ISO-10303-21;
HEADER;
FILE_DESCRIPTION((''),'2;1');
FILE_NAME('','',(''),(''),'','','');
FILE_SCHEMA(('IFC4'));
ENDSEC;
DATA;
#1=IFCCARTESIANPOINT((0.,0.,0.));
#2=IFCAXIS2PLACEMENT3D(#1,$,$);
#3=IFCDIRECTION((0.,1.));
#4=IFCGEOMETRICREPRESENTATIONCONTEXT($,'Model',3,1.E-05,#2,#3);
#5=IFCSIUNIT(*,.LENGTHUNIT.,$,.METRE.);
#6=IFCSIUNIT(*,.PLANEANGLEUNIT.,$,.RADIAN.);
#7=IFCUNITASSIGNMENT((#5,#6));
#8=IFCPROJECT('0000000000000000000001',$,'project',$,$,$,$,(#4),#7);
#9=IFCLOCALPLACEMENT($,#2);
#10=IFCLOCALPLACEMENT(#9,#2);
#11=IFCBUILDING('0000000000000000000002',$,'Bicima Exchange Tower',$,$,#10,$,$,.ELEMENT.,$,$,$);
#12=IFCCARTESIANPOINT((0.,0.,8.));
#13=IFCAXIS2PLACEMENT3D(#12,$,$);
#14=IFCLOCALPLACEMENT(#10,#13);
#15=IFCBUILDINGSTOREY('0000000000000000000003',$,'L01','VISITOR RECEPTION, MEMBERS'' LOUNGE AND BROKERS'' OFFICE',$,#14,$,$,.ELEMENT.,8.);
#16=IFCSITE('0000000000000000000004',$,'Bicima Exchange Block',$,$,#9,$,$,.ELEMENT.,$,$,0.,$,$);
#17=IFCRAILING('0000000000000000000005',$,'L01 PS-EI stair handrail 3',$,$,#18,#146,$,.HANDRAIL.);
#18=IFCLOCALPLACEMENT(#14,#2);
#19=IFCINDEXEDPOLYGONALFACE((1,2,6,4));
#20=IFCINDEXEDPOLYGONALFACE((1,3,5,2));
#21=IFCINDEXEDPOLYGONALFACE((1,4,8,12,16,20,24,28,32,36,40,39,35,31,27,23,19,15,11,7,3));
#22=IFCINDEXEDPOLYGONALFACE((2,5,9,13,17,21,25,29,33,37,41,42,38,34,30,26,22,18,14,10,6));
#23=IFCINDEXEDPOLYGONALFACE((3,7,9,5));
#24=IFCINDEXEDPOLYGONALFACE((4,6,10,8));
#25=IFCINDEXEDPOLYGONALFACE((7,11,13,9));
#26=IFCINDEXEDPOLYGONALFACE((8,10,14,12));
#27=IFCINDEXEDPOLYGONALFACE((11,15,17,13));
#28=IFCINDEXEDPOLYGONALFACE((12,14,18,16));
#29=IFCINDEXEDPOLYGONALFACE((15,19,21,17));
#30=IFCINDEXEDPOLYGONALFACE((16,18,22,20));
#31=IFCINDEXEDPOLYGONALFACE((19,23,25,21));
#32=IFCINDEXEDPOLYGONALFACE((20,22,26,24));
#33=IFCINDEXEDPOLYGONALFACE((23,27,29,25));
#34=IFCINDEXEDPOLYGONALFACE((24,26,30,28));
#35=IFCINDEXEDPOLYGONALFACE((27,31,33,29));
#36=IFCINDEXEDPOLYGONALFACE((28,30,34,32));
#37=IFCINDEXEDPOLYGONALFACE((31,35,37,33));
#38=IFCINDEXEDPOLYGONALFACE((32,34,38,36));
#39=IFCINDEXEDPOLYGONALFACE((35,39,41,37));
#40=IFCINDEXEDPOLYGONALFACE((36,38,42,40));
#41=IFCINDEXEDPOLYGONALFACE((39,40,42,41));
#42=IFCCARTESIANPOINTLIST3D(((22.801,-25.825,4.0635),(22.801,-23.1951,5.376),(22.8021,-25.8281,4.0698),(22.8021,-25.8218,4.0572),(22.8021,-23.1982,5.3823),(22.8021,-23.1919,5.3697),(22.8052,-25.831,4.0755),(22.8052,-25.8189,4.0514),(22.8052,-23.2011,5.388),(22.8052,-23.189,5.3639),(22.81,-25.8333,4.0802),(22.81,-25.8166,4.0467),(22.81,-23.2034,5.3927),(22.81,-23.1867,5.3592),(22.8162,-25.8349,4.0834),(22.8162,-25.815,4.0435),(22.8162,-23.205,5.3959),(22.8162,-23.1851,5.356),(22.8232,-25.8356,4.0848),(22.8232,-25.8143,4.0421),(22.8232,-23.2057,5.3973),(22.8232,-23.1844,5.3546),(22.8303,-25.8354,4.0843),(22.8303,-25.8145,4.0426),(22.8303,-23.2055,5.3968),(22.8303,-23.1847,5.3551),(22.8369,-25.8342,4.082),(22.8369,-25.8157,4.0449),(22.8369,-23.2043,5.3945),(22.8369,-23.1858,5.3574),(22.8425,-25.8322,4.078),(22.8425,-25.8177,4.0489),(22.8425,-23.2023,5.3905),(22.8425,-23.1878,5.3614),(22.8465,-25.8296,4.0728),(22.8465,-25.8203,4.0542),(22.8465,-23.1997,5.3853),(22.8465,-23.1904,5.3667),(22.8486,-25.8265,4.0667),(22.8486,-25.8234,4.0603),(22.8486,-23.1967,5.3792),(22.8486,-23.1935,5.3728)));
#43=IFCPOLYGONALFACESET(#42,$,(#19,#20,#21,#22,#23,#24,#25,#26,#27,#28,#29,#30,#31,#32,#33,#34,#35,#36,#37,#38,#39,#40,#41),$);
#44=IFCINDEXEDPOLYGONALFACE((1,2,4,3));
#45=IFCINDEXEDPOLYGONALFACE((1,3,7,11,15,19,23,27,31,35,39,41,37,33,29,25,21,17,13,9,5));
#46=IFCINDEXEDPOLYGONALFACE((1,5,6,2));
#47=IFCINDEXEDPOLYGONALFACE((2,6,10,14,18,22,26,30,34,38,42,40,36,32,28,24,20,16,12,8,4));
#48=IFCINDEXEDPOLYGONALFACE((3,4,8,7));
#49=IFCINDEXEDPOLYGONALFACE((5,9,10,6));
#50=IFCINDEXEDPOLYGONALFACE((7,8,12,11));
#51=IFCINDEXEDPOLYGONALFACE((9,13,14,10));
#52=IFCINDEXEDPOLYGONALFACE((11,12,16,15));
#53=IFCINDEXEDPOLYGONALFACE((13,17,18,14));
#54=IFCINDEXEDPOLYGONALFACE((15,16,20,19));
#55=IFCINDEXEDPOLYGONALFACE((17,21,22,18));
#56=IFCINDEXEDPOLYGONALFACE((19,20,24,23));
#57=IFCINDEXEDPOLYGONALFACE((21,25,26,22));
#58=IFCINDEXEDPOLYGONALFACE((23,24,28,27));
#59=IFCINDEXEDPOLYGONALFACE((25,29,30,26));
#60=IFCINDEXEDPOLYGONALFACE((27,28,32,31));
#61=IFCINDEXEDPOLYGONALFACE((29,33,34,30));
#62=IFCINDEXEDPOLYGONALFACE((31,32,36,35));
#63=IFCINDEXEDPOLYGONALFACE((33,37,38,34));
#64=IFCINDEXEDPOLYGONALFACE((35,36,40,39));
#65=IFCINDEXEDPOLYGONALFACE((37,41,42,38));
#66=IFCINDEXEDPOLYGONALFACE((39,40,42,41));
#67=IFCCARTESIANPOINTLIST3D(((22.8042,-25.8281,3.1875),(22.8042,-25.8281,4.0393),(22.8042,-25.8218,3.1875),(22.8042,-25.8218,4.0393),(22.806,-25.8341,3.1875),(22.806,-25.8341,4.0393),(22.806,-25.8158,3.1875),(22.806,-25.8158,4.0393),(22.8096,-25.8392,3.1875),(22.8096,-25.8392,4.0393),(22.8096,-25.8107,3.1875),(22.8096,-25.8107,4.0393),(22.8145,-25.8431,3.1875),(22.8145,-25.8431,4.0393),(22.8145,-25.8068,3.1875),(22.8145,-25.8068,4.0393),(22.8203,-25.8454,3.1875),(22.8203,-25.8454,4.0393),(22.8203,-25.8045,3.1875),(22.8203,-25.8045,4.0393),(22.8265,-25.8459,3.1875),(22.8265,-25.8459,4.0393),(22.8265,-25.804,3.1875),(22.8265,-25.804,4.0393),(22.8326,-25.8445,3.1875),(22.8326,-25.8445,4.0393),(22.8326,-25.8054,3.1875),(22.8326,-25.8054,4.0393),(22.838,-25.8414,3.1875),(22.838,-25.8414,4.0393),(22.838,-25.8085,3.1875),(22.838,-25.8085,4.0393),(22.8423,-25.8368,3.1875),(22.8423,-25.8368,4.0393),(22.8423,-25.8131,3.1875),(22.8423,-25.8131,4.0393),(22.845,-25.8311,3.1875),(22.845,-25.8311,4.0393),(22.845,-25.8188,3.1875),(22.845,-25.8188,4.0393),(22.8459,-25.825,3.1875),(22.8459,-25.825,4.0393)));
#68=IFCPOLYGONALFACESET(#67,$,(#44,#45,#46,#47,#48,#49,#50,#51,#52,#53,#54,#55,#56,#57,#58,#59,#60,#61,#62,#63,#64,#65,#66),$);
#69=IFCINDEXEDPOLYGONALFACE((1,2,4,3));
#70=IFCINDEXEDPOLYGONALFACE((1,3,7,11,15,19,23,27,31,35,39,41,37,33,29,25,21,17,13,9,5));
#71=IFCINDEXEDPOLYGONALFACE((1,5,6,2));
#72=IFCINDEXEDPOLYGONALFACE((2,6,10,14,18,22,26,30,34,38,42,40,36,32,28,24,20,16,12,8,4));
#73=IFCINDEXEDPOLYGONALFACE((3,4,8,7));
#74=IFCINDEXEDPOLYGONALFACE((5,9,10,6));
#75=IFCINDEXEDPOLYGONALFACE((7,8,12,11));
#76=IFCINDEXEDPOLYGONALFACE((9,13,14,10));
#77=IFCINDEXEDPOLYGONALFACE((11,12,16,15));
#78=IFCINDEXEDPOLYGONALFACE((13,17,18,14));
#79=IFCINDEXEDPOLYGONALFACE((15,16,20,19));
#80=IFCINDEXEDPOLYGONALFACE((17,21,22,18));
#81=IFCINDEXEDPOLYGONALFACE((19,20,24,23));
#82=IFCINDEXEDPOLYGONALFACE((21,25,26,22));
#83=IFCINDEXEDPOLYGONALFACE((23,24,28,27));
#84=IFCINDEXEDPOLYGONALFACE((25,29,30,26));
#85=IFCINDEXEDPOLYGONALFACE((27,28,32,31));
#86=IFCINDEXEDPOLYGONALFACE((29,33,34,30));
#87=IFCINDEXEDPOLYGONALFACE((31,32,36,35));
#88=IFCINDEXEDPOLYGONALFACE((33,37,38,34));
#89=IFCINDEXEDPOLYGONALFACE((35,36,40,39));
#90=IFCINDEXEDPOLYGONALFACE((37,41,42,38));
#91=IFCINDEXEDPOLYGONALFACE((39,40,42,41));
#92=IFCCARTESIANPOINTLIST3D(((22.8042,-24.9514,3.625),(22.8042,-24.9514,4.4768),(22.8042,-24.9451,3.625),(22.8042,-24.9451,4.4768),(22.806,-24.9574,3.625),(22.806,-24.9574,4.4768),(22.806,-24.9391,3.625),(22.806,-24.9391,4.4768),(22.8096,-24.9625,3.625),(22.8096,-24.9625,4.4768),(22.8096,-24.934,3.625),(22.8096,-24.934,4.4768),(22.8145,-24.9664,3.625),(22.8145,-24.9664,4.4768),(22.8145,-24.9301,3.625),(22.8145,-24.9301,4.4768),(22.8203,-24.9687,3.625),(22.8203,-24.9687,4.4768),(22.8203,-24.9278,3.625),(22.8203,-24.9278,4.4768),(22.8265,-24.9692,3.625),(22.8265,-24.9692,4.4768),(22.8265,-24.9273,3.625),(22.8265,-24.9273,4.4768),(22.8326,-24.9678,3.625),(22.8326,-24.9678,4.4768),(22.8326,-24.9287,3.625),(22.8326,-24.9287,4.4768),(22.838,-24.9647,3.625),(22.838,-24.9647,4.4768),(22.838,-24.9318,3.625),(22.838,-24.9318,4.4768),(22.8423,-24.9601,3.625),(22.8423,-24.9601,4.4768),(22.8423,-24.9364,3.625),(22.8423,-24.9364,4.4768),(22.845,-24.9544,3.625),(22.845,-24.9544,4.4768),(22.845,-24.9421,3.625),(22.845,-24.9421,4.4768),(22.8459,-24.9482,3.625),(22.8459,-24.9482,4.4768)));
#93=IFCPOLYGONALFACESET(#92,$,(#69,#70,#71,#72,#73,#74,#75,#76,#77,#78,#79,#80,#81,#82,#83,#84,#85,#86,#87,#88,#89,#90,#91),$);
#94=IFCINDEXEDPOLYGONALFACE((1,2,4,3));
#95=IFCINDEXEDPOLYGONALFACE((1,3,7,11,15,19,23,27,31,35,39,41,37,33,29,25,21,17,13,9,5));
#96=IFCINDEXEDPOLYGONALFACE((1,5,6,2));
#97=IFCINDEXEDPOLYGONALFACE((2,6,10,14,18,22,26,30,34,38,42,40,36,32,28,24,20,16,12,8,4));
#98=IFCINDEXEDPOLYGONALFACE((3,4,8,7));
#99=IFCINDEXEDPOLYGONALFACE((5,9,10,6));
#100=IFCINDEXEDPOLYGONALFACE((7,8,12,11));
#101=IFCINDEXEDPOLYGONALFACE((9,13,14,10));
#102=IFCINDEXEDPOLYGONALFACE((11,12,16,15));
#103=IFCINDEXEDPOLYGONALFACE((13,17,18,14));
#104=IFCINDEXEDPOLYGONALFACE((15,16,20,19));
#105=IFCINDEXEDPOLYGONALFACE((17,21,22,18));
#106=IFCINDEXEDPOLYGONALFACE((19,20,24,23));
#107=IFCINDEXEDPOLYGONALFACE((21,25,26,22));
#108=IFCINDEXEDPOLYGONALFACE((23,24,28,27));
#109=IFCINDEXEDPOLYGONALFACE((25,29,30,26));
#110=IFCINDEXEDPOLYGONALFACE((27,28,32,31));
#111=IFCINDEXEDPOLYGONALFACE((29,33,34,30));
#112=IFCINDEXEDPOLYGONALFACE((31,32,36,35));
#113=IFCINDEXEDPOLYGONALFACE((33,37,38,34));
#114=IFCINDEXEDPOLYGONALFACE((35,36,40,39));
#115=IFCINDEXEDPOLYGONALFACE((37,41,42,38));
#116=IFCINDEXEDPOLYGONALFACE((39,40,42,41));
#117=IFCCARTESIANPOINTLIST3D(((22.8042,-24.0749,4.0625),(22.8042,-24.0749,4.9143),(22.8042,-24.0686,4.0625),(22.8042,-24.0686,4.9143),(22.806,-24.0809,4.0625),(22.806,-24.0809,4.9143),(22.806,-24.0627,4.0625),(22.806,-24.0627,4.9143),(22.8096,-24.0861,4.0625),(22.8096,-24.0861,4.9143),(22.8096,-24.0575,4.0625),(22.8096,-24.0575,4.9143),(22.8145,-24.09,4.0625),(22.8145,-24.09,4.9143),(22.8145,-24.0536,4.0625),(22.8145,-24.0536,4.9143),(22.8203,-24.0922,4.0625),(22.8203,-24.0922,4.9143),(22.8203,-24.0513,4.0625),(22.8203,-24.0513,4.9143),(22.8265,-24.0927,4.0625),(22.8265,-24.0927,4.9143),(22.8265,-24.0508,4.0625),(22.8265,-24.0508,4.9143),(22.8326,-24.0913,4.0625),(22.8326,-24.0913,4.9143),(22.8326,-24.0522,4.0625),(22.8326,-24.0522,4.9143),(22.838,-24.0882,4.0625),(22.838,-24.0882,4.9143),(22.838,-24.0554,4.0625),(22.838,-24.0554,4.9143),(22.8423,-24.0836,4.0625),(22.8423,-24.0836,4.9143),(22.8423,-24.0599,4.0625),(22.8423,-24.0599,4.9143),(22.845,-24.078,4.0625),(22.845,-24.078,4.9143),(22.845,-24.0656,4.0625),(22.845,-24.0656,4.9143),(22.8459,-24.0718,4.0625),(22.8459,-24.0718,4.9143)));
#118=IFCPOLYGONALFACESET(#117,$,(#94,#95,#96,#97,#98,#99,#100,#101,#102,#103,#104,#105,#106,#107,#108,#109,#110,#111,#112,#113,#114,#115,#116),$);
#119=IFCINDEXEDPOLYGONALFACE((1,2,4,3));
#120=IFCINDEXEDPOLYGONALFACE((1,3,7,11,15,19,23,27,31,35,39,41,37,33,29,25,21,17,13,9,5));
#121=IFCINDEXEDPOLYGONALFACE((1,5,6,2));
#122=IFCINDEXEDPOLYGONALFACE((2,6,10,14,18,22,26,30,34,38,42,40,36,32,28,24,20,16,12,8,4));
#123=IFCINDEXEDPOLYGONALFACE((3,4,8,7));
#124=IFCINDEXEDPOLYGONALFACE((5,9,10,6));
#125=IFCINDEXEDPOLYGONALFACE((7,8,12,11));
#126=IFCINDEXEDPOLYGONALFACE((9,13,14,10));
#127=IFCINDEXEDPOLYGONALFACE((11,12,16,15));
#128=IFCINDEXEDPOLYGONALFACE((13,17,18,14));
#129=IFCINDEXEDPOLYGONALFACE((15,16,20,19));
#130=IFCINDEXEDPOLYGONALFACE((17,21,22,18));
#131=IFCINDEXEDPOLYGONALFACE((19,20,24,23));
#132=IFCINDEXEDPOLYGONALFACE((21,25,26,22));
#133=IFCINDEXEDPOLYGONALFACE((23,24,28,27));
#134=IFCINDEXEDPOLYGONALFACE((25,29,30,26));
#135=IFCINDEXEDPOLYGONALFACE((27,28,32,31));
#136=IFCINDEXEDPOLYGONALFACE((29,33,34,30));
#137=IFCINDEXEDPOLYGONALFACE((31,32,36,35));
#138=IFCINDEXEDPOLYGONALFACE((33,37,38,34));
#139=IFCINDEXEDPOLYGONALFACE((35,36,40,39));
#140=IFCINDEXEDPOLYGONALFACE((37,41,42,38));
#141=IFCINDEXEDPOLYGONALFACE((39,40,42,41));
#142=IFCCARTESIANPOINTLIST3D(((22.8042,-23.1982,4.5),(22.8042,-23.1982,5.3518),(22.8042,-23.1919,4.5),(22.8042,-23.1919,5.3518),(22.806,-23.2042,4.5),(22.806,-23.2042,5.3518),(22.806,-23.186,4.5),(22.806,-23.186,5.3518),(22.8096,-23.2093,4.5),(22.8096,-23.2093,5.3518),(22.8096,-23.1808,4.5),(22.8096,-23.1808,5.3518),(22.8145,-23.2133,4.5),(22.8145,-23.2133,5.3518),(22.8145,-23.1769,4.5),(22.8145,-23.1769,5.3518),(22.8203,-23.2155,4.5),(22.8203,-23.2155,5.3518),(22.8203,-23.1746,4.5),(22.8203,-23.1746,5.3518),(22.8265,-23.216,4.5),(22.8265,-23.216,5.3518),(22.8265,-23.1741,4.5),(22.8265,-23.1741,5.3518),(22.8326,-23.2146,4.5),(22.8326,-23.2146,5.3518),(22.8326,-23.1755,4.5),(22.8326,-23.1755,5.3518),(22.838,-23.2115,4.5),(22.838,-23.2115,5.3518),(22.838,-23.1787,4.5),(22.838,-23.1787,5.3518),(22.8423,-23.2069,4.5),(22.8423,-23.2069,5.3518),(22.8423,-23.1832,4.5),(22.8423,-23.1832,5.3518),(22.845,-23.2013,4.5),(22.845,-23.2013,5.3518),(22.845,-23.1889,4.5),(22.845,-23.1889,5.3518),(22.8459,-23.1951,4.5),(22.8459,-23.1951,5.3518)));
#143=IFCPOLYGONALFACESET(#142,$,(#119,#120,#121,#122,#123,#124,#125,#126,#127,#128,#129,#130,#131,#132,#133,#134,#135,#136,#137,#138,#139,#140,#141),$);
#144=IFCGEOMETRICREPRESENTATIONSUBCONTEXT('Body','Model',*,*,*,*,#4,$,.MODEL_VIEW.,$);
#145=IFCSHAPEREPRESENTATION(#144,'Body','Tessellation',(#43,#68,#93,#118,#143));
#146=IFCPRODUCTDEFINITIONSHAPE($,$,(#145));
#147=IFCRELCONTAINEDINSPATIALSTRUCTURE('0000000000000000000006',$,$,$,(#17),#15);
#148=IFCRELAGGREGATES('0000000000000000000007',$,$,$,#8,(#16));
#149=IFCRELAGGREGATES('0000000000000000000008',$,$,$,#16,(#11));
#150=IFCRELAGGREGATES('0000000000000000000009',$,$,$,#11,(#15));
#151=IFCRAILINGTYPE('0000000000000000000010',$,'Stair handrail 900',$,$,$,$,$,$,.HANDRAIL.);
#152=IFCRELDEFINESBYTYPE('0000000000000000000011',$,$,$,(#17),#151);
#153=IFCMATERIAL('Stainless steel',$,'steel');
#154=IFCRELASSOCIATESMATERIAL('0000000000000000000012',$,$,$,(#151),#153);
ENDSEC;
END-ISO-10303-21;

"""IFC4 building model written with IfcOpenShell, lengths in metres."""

from ifc_helpers import new_model, si_unit, direction, frame, origin, origin_2d, place, context, subcontext, project, spatial, circle, extrude, material, type_object, element, save


model = new_model("IFC4")

# Units and contexts
model_context = context("Model", 3, precision=1e-05, world=origin(), true_north=direction((0.0, 1.0)))
body_context = subcontext(model_context, "Body", "Model", "MODEL_VIEW")
ifc_project = project(units=[si_unit("LENGTHUNIT", "METRE"), si_unit("PLANEANGLEUNIT", "RADIAN")], contexts=[model_context])

# Site, building, storey
site_placement = place(None, origin())
site = spatial("IfcSite", under=ifc_project, at=site_placement, Name="Bicima Exchange Block", CompositionType="ELEMENT", RefElevation=0.0)
building_placement = place(site_placement, origin())
building = spatial("IfcBuilding", under=site, at=building_placement, Name="Bicima Exchange Tower", CompositionType="ELEMENT")
storey_placement = place(building_placement, frame((0.0, 0.0, 8.0)))
storey = spatial("IfcBuildingStorey", under=building, at=storey_placement, Name="L01", Description="VISITOR RECEPTION, MEMBERS' LOUNGE AND BROKERS' OFFICE", CompositionType="ELEMENT", Elevation=8.0)

# Railing
ifc_material_1 = material(Name="Stainless steel", Category="steel")
railing_type_1 = type_object("IfcRailingType", Name="Stair handrail 900", PredefinedType="HANDRAIL", material=ifc_material_1)
railing_1_placement = place(storey_placement, frame((22.825, -25.825, 3.1875)))
element("IfcRailing", 1, at=railing_1_placement, inside=storey, type_object=railing_type_1, Name="L01 PS-EI stair handrail 3", PredefinedType="HANDRAIL", context=body_context, shape_type="SweptSolid", body=[
    extrude(circle(Radius=0.0239, at=origin_2d()), frame((0.0, 0.0, 0.876), z_axis=(0.0, 0.894759, 0.446549), x_axis=(-1.0, 0.0, 0.0)), (0.0, 0.0, 1.0), 2.9392),
    extrude(circle(Radius=0.021, at=origin_2d()), origin(), (0.0, 0.0, 1.0), 0.8518),
    extrude(circle(Radius=0.021, at=origin_2d()), frame((0.0, 0.8767, 0.4375)), (0.0, 0.0, 1.0), 0.8518),
    extrude(circle(Radius=0.021, at=origin_2d()), frame((0.0, 1.7532, 0.875)), (0.0, 0.0, 1.0), 0.8518),
    extrude(circle(Radius=0.021, at=origin_2d()), frame((0.0, 2.6299, 1.3125)), (0.0, 0.0, 1.0), 0.8518),
])

save(model, "model.ifc")
